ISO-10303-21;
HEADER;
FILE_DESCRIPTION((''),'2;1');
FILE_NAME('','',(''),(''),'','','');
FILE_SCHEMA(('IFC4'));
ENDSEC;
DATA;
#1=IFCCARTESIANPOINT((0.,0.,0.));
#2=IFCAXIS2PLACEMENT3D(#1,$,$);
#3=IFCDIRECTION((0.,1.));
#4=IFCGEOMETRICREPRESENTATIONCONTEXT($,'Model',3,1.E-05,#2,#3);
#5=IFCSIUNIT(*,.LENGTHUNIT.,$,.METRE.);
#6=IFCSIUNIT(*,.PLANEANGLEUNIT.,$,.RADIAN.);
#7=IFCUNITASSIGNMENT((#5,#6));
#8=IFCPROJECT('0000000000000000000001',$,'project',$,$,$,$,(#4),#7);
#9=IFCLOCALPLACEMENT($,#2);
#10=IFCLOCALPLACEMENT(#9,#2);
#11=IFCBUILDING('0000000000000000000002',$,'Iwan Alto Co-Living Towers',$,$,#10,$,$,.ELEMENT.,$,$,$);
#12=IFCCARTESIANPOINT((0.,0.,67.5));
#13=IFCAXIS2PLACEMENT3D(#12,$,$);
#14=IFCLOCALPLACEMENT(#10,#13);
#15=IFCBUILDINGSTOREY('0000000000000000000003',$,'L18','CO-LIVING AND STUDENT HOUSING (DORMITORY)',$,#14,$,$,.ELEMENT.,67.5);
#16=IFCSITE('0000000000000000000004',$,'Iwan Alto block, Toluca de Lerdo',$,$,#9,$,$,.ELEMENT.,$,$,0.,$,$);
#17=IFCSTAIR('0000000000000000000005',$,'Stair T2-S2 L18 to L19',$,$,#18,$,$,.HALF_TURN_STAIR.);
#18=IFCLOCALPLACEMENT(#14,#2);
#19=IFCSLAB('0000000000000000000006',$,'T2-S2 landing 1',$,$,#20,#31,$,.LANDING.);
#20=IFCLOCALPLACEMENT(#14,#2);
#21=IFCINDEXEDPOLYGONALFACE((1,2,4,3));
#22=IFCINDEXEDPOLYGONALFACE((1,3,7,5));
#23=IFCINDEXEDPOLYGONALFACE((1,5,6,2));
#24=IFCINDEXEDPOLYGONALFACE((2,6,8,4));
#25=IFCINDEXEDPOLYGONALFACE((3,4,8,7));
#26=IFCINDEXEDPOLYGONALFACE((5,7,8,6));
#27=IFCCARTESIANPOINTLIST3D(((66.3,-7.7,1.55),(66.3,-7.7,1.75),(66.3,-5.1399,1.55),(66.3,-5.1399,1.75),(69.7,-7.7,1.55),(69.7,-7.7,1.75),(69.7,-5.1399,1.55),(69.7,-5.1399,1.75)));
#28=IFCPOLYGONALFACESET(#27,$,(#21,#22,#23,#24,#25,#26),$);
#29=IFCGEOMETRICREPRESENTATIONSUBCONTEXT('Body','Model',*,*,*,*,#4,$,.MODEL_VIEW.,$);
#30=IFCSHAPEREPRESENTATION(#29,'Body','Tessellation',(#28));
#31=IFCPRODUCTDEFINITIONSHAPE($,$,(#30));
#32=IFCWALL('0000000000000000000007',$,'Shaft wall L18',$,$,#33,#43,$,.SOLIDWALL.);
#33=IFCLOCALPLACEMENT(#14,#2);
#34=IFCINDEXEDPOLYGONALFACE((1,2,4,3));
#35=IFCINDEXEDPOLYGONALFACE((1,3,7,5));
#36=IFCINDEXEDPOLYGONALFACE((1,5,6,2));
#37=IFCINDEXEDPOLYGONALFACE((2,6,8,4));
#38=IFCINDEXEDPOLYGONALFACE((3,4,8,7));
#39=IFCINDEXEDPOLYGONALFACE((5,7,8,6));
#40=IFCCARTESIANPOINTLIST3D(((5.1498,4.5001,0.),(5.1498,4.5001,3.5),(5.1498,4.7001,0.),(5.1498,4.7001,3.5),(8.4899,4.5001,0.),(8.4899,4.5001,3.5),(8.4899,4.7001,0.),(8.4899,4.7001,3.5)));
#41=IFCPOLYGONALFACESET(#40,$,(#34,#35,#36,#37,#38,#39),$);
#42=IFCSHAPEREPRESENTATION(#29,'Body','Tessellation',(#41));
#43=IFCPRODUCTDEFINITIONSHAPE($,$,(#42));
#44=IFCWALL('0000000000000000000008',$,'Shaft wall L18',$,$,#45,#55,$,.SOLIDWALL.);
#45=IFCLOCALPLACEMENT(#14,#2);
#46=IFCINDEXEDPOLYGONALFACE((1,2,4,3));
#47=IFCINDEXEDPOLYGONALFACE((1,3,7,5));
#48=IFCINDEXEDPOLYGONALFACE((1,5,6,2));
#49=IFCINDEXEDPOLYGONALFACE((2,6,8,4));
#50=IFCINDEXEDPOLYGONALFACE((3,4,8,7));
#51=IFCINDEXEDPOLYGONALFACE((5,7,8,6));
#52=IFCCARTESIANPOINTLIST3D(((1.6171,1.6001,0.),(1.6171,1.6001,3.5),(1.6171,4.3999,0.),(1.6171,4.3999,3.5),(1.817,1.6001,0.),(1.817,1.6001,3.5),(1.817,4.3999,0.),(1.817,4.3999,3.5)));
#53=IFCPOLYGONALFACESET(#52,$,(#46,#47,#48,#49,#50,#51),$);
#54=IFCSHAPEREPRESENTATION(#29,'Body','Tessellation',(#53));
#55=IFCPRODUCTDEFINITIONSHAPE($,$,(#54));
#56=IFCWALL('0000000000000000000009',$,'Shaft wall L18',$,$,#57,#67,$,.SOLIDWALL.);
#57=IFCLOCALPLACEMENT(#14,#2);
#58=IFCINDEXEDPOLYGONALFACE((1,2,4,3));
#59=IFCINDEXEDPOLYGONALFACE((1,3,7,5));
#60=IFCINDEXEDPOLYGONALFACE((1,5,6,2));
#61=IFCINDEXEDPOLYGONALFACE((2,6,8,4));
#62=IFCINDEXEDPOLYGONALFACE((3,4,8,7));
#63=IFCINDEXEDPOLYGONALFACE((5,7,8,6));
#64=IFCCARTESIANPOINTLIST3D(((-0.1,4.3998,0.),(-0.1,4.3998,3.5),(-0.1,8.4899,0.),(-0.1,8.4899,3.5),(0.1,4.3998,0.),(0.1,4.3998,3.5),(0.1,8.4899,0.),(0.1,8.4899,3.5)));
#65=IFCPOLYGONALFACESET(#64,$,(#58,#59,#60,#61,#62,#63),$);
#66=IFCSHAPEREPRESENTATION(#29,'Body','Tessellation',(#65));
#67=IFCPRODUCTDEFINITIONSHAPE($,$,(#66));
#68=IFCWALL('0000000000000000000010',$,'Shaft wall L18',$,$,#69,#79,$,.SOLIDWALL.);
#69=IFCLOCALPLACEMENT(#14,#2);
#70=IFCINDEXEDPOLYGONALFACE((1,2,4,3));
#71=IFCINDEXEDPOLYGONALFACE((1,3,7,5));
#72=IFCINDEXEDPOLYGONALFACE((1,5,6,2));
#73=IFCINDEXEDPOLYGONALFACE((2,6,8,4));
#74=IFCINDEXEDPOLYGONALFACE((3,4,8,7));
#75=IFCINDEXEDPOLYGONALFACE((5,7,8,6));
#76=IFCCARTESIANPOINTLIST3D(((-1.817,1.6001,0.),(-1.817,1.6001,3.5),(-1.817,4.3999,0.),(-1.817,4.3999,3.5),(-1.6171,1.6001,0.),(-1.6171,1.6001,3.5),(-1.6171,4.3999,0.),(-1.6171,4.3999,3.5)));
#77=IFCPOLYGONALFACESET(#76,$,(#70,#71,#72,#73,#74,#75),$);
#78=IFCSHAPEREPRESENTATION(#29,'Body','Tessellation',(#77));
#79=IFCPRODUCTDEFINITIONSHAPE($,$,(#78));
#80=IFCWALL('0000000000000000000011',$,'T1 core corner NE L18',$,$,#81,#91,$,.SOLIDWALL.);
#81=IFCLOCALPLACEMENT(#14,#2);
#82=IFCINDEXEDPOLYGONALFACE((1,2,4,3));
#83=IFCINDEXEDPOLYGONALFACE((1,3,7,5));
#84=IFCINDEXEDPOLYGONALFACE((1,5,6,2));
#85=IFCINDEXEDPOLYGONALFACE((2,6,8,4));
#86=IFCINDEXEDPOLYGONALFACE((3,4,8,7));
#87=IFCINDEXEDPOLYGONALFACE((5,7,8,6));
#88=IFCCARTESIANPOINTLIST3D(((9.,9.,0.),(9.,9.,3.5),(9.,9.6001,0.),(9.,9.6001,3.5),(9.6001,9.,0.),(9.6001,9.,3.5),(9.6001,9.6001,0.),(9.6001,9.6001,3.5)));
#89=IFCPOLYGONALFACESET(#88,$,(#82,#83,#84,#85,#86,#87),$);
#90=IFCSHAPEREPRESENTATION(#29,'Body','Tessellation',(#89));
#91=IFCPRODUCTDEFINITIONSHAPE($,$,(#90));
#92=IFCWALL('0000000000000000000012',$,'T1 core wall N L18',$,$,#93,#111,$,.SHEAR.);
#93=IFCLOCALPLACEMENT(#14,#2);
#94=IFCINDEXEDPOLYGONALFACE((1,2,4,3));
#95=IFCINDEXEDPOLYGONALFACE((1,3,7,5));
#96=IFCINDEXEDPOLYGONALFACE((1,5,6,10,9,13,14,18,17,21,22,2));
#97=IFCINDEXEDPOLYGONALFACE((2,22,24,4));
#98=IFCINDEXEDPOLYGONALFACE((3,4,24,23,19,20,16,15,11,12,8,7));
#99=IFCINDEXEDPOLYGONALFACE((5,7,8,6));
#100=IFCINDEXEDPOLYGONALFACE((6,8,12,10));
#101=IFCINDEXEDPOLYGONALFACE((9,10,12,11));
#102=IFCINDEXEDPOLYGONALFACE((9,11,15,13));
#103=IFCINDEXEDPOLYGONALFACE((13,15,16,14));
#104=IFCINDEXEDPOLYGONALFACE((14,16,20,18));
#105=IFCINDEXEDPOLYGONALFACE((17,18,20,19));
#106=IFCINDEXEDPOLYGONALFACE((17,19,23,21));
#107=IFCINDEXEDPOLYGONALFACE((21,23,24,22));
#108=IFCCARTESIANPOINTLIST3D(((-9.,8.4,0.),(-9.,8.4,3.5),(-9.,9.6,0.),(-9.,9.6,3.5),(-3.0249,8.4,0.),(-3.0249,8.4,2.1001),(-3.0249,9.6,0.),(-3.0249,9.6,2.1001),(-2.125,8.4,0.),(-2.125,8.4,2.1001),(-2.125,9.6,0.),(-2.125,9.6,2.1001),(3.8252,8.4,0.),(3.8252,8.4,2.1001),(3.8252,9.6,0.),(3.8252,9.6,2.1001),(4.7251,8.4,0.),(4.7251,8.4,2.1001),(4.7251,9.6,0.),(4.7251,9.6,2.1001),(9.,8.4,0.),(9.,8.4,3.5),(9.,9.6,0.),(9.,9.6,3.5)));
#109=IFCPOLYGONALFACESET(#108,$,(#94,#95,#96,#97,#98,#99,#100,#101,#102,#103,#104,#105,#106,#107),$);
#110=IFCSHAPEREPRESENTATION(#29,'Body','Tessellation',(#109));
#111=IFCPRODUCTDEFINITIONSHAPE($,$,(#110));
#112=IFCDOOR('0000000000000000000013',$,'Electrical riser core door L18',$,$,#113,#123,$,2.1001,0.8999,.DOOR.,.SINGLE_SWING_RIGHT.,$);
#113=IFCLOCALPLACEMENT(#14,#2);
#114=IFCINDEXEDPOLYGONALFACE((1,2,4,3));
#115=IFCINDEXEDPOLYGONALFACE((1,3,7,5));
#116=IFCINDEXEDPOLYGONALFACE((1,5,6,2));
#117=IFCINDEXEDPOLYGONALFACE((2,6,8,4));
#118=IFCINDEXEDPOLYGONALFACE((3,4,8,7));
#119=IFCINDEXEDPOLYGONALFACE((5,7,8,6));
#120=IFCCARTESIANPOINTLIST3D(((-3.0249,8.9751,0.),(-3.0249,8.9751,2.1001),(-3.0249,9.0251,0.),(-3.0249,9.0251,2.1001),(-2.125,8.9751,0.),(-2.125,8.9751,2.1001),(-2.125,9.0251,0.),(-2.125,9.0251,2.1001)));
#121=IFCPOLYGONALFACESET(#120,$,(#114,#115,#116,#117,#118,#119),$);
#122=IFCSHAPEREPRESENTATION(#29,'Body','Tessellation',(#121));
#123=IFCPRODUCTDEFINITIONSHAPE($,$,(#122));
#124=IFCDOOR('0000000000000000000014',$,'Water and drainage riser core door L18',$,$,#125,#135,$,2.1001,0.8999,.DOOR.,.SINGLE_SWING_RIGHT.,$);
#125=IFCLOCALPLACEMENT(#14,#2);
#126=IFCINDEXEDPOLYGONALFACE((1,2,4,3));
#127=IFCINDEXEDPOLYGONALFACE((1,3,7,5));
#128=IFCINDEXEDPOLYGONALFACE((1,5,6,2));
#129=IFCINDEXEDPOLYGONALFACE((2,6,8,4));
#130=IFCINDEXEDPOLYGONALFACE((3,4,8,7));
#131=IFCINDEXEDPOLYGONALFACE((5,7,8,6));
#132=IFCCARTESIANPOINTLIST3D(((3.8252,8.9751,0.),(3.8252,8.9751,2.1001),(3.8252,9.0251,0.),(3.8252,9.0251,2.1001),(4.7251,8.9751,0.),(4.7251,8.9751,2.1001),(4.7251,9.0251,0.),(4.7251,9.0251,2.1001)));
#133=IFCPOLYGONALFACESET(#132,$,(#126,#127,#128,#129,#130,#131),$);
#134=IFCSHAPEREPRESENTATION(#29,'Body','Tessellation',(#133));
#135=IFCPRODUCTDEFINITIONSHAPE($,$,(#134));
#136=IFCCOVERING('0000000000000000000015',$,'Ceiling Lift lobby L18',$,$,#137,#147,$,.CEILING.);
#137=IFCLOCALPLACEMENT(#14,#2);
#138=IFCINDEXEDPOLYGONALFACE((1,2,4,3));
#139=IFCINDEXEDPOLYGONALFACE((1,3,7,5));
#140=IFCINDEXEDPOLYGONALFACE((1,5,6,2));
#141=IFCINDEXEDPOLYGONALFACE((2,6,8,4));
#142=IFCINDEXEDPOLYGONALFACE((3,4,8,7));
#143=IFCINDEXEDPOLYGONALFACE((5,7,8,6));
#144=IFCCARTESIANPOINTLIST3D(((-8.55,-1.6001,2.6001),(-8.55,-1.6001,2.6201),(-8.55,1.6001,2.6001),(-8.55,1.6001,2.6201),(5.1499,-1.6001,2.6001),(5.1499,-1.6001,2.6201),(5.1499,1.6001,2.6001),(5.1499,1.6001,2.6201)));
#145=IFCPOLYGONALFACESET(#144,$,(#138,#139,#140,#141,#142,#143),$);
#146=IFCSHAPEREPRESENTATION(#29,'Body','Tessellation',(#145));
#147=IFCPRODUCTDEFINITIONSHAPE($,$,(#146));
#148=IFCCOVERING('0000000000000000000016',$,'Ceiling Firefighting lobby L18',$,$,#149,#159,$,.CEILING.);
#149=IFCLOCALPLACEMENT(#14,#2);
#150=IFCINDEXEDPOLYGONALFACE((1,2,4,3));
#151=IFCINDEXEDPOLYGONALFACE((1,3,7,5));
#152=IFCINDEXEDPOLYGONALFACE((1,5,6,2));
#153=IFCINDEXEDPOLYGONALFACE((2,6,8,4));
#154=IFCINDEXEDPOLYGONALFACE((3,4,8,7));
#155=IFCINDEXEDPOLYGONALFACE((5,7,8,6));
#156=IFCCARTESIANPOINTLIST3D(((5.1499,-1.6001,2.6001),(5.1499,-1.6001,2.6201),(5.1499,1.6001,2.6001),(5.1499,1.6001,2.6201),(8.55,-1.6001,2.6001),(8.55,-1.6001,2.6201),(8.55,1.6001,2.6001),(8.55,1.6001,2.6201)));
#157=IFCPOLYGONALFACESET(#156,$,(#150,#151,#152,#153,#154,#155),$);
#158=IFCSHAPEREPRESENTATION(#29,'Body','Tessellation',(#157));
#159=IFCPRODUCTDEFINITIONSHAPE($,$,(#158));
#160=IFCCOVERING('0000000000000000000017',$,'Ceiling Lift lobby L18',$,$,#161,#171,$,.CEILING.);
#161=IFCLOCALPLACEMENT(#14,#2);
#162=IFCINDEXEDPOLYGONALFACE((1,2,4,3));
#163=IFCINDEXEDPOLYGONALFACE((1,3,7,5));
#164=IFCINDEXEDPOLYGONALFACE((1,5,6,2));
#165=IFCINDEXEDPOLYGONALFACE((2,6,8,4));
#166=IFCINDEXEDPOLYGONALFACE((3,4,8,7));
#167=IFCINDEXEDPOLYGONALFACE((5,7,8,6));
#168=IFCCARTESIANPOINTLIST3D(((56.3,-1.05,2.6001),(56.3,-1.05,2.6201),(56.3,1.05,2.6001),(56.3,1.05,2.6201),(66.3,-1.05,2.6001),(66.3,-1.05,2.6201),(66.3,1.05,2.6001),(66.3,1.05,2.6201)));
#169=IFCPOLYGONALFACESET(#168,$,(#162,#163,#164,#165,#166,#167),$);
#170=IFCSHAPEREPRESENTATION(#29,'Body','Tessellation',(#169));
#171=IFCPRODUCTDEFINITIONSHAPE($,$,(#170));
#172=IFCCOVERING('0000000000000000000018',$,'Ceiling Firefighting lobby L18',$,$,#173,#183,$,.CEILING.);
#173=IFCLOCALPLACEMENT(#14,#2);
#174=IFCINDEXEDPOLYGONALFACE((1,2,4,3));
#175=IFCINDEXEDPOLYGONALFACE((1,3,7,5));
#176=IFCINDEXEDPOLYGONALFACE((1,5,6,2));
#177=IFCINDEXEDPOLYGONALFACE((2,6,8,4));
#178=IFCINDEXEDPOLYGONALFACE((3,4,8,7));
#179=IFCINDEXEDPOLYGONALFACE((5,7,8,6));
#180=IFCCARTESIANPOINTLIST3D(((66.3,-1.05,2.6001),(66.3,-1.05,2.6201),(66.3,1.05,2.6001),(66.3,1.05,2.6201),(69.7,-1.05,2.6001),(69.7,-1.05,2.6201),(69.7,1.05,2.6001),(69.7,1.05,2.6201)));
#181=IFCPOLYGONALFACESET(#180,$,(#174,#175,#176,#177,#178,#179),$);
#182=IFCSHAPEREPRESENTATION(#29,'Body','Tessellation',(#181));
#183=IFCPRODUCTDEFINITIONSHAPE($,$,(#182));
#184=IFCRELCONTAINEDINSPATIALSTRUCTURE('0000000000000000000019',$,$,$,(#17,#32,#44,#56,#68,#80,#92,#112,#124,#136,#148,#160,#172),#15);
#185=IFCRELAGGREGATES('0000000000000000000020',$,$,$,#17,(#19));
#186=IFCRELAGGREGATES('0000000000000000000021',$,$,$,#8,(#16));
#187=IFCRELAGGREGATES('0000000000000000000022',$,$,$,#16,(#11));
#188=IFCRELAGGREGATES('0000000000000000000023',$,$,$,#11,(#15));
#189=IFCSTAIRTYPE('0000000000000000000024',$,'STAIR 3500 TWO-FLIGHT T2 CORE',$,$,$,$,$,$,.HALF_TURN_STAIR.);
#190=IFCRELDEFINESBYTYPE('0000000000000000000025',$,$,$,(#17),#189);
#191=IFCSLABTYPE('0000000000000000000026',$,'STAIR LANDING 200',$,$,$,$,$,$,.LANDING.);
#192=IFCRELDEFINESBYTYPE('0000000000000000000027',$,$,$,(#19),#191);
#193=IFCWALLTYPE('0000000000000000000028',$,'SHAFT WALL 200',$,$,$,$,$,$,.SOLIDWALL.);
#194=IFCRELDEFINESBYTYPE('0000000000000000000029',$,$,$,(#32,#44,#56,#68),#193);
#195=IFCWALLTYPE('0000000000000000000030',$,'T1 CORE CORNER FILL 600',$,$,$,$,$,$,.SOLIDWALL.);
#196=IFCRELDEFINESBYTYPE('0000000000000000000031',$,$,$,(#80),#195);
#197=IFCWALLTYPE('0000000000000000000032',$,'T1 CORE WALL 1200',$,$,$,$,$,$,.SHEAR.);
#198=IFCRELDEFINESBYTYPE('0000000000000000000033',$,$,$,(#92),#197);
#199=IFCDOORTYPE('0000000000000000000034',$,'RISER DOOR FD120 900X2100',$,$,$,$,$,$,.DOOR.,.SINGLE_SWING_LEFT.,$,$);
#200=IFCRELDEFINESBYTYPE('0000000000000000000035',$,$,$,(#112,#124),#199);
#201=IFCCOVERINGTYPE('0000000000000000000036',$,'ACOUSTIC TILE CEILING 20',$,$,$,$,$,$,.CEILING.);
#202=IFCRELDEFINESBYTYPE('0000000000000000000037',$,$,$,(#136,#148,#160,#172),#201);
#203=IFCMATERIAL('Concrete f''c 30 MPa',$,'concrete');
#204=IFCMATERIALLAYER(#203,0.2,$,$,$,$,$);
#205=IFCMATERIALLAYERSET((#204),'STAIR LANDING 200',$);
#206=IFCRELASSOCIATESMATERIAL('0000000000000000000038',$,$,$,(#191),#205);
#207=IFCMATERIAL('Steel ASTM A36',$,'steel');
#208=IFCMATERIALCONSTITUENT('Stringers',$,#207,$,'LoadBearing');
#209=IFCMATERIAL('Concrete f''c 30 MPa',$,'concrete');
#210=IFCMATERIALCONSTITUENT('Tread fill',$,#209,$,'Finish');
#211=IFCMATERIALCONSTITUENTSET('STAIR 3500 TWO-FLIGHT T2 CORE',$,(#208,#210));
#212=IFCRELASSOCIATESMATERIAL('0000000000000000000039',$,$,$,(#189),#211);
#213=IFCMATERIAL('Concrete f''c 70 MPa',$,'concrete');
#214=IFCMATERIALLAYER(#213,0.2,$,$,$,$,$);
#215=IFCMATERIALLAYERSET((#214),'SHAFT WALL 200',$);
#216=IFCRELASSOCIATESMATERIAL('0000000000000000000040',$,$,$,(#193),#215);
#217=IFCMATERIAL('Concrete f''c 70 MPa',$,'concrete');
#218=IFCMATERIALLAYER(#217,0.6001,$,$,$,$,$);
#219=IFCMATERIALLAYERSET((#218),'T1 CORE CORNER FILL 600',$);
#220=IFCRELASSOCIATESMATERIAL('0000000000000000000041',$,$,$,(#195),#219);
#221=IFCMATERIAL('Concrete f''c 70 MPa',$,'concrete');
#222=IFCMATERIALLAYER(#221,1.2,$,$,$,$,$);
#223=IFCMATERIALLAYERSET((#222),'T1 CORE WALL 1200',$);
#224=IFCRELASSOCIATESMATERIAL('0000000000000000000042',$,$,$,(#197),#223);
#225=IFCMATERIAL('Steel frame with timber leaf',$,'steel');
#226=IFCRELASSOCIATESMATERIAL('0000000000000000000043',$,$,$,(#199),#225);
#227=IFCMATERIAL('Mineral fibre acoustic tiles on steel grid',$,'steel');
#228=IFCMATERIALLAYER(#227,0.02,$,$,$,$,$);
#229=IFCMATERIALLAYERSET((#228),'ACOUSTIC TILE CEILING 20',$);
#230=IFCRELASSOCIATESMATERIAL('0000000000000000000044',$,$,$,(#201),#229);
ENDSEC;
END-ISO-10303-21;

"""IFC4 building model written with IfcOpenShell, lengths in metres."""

from ifc_helpers import new_model, si_unit, direction, frame, frame_2d, origin, place, context, subcontext, project, spatial, polyline, rectangle, outline, extrude, material, layer, layer_set, constituent, constituent_set, type_object, element, fill, aggregate, save


model = new_model("IFC4")

# Units and contexts
model_context = context("Model", 3, precision=1e-05, world=origin(), true_north=direction((0.0, 1.0)))
body_context = subcontext(model_context, "Body", "Model", "MODEL_VIEW")
ifc_project = project(units=[si_unit("LENGTHUNIT", "METRE"), si_unit("PLANEANGLEUNIT", "RADIAN")], contexts=[model_context])

# Site, building, storey
site_placement = place(None, origin())
site = spatial("IfcSite", under=ifc_project, at=site_placement, Name="Iwan Alto block, Toluca de Lerdo", CompositionType="ELEMENT", RefElevation=0.0)
building_placement = place(site_placement, origin())
building = spatial("IfcBuilding", under=site, at=building_placement, Name="Iwan Alto Co-Living Towers", CompositionType="ELEMENT")
storey_placement = place(building_placement, frame((0.0, 0.0, 67.5)))
storey = spatial("IfcBuildingStorey", under=building, at=storey_placement, Name="L18", Description="CO-LIVING AND STUDENT HOUSING (DORMITORY)", CompositionType="ELEMENT", Elevation=67.5)

# Stair, slab
ifc_material_1 = material(Name="Steel ASTM A36", Category="steel")
ifc_material_2 = material(Name="Concrete f'c 30 MPa", Category="concrete")
ifc_material_3 = material(Name="Concrete f'c 30 MPa", Category="concrete")
ifc_layer_1 = layer(ifc_material_3, 0.2)
ifc_layer_set_1 = layer_set([ifc_layer_1], Name="STAIR LANDING 200")
slab_type_1 = type_object("IfcSlabType", Name="STAIR LANDING 200", PredefinedType="LANDING", material=ifc_layer_set_1)
ifc_constituent_1 = constituent(ifc_material_1, Name="Stringers", Category="LoadBearing")
ifc_constituent_2 = constituent(ifc_material_2, Name="Tread fill", Category="Finish")
ifc_constituent_set_1 = constituent_set(constituents=[ifc_constituent_1, ifc_constituent_2], Name="STAIR 3500 TWO-FLIGHT T2 CORE")
stair_type_1 = type_object("IfcStairType", Name="STAIR 3500 TWO-FLIGHT T2 CORE", PredefinedType="HALF_TURN_STAIR", material=ifc_constituent_set_1)
stair_1_placement = place(storey_placement, origin())
stair_1 = element("IfcStair", 1, at=stair_1_placement, inside=storey, type_object=stair_type_1, Name="Stair T2-S2 L18 to L19", PredefinedType="HALF_TURN_STAIR")
slab_1_placement = place(storey_placement, frame((0.0, 0.0, 1.55)))
slab_1 = element("IfcSlab", 2, at=slab_1_placement, type_object=slab_type_1, Name="T2-S2 landing 1", PredefinedType="LANDING", context=body_context, shape_type="SweptSolid", body=[
    extrude(outline(polyline([(66.3, -5.1399), (66.3, -7.7), (69.7, -7.7), (69.7, -5.1399), (66.3, -5.1399)])), origin(), (0.0, 0.0, 1.0), 0.2),
])
aggregate(stair_1, [slab_1])

# Walls
ifc_material_4 = material(Name="Concrete f'c 70 MPa", Category="concrete")
ifc_layer_2 = layer(ifc_material_4, 0.2)
ifc_layer_set_2 = layer_set([ifc_layer_2], Name="SHAFT WALL 200")
wall_type_1 = type_object("IfcWallType", Name="SHAFT WALL 200", PredefinedType="SOLIDWALL", material=ifc_layer_set_2)
wall_1_placement = place(storey_placement, frame((5.1499, 4.6001, 0.0), z_axis=(0.0, 0.0, 1.0), x_axis=(1.0, 0.0, 0.0)))
element("IfcWall", 3, at=wall_1_placement, inside=storey, type_object=wall_type_1, Name="Shaft wall L18", PredefinedType="SOLIDWALL", context=body_context, shape_type="SweptSolid", body=[
    extrude(rectangle(XDim=3.3401, YDim=0.2, at=frame_2d((1.6699, 0.0))), origin(), (0.0, 0.0, 1.0), 3.5),
])
wall_2_placement = place(storey_placement, frame((1.717, 1.6001, 0.0), z_axis=(0.0, 0.0, 1.0), x_axis=(0.0, 1.0, 0.0)))
element("IfcWall", 4, at=wall_2_placement, inside=storey, type_object=wall_type_1, Name="Shaft wall L18", PredefinedType="SOLIDWALL", context=body_context, shape_type="SweptSolid", body=[
    extrude(rectangle(XDim=2.7998, YDim=0.2, at=frame_2d((1.3999, 0.0))), origin(), (0.0, 0.0, 1.0), 3.5),
])
wall_3_placement = place(storey_placement, frame((0.0, 4.3999, 0.0), z_axis=(0.0, 0.0, 1.0), x_axis=(0.0, 1.0, 0.0)))
element("IfcWall", 5, at=wall_3_placement, inside=storey, type_object=wall_type_1, Name="Shaft wall L18", PredefinedType="SOLIDWALL", context=body_context, shape_type="SweptSolid", body=[
    extrude(rectangle(XDim=4.0901, YDim=0.2, at=frame_2d((2.0449, 0.0))), origin(), (0.0, 0.0, 1.0), 3.5),
])
wall_4_placement = place(storey_placement, frame((-1.717, 1.6001, 0.0), z_axis=(0.0, 0.0, 1.0), x_axis=(0.0, 1.0, 0.0)))
element("IfcWall", 6, at=wall_4_placement, inside=storey, type_object=wall_type_1, Name="Shaft wall L18", PredefinedType="SOLIDWALL", context=body_context, shape_type="SweptSolid", body=[
    extrude(rectangle(XDim=2.7998, YDim=0.2, at=frame_2d((1.3999, 0.0))), origin(), (0.0, 0.0, 1.0), 3.5),
])
ifc_material_5 = material(Name="Concrete f'c 70 MPa", Category="concrete")
ifc_layer_3 = layer(ifc_material_5, 0.6001)
ifc_layer_set_3 = layer_set([ifc_layer_3], Name="T1 CORE CORNER FILL 600")
wall_type_2 = type_object("IfcWallType", Name="T1 CORE CORNER FILL 600", PredefinedType="SOLIDWALL", material=ifc_layer_set_3)
wall_5_placement = place(storey_placement, frame((9.0, 9.3, 0.0), z_axis=(0.0, 0.0, 1.0), x_axis=(1.0, 0.0, 0.0)))
element("IfcWall", 7, at=wall_5_placement, inside=storey, type_object=wall_type_2, Name="T1 core corner NE L18", PredefinedType="SOLIDWALL", context=body_context, shape_type="SweptSolid", body=[
    extrude(rectangle(XDim=0.6001, YDim=0.6001, at=frame_2d((0.3, 0.0))), origin(), (0.0, 0.0, 1.0), 3.5),
])

# Wall, openings, doors
ifc_material_6 = material(Name="Concrete f'c 70 MPa", Category="concrete")
ifc_layer_4 = layer(ifc_material_6, 1.2)
ifc_layer_set_4 = layer_set([ifc_layer_4], Name="T1 CORE WALL 1200")
wall_type_3 = type_object("IfcWallType", Name="T1 CORE WALL 1200", PredefinedType="SHEAR", material=ifc_layer_set_4)
wall_6_placement = place(storey_placement, frame((9.0, 9.0, 0.0), z_axis=(0.0, 0.0, 1.0), x_axis=(-1.0, 0.0, 0.0)))
wall_6 = element("IfcWall", 8, at=wall_6_placement, inside=storey, type_object=wall_type_3, Name="T1 core wall N L18", PredefinedType="SHEAR", context=body_context, shape_type="SweptSolid", body=[
    extrude(rectangle(XDim=18.0, YDim=1.2, at=frame_2d((9.0, 0.0))), origin(), (0.0, 0.0, 1.0), 3.5),
])
opening_1_placement = place(wall_6_placement, frame((11.125, 0.0, 0.0)))
opening_1 = element("IfcOpeningElement", 9, at=opening_1_placement, cuts=wall_6, PredefinedType="OPENING", context=body_context, shape_type="SweptSolid", body=[
    extrude(rectangle(XDim=0.8999, YDim=2.1001, at=frame_2d((0.45, 1.05))), frame((0.0, 0.6099, 0.0), z_axis=(0.0, -1.0, 0.0), x_axis=(1.0, 0.0, 0.0)), (0.0, 0.0, 1.0), 1.22),
])
opening_2_placement = place(wall_6_placement, frame((4.2749, 0.0, 0.0)))
opening_2 = element("IfcOpeningElement", 10, at=opening_2_placement, cuts=wall_6, PredefinedType="OPENING", context=body_context, shape_type="SweptSolid", body=[
    extrude(rectangle(XDim=0.8999, YDim=2.1001, at=frame_2d((0.45, 1.05))), frame((0.0, 0.6099, 0.0), z_axis=(0.0, -1.0, 0.0), x_axis=(1.0, 0.0, 0.0)), (0.0, 0.0, 1.0), 1.22),
])
ifc_material_7 = material(Name="Steel frame with timber leaf", Category="steel")
door_type = type_object("IfcDoorType", Name="RISER DOOR FD120 900X2100", OperationType="SINGLE_SWING_LEFT", PredefinedType="DOOR", material=ifc_material_7)
door_1_placement = place(opening_1_placement, origin())
door_1 = element("IfcDoor", 11, at=door_1_placement, inside=storey, type_object=door_type, Name="Electrical riser core door L18", OperationType="SINGLE_SWING_RIGHT", OverallHeight=2.1001, OverallWidth=0.8999, PredefinedType="DOOR", context=body_context, shape_type="SweptSolid", body=[
    extrude(rectangle(XDim=0.8999, YDim=2.1001, at=frame_2d((0.45, 1.05))), frame((0.0, 0.0249, 0.0), z_axis=(0.0, -1.0, 0.0), x_axis=(1.0, 0.0, 0.0)), (0.0, 0.0, 1.0), 0.05),
])
fill(opening_1, door_1)
door_2_placement = place(opening_2_placement, origin())
door_2 = element("IfcDoor", 12, at=door_2_placement, inside=storey, type_object=door_type, Name="Water and drainage riser core door L18", OperationType="SINGLE_SWING_RIGHT", OverallHeight=2.1001, OverallWidth=0.8999, PredefinedType="DOOR", context=body_context, shape_type="SweptSolid", body=[
    extrude(rectangle(XDim=0.8999, YDim=2.1001, at=frame_2d((0.45, 1.05))), frame((0.0, 0.0249, 0.0), z_axis=(0.0, -1.0, 0.0), x_axis=(1.0, 0.0, 0.0)), (0.0, 0.0, 1.0), 0.05),
])
fill(opening_2, door_2)

# Coverings
ifc_material_8 = material(Name="Mineral fibre acoustic tiles on steel grid", Category="steel")
ifc_layer_5 = layer(ifc_material_8, 0.02)
ifc_layer_set_5 = layer_set([ifc_layer_5], Name="ACOUSTIC TILE CEILING 20")
covering_type_1 = type_object("IfcCoveringType", Name="ACOUSTIC TILE CEILING 20", PredefinedType="CEILING", material=ifc_layer_set_5)
covering_1_placement = place(storey_placement, frame((0.0, 0.0, 2.6001)))
element("IfcCovering", 13, at=covering_1_placement, inside=storey, type_object=covering_type_1, Name="Ceiling Lift lobby L18", PredefinedType="CEILING", context=body_context, shape_type="SweptSolid", body=[
    extrude(outline(polyline([(-8.55, -1.6001), (-8.55, 1.6001), (5.1499, 1.6001), (5.1499, -1.6001), (-8.55, -1.6001)])), origin(), (0.0, 0.0, 1.0), 0.02),
])
covering_2_placement = place(storey_placement, frame((0.0, 0.0, 2.6001)))
element("IfcCovering", 14, at=covering_2_placement, inside=storey, type_object=covering_type_1, Name="Ceiling Firefighting lobby L18", PredefinedType="CEILING", context=body_context, shape_type="SweptSolid", body=[
    extrude(outline(polyline([(5.1499, -1.6001), (5.1499, 1.6001), (8.55, 1.6001), (8.55, -1.6001), (5.1499, -1.6001)])), origin(), (0.0, 0.0, 1.0), 0.02),
])
covering_3_placement = place(storey_placement, frame((0.0, 0.0, 2.6001)))
element("IfcCovering", 15, at=covering_3_placement, inside=storey, type_object=covering_type_1, Name="Ceiling Lift lobby L18", PredefinedType="CEILING", context=body_context, shape_type="SweptSolid", body=[
    extrude(outline(polyline([(56.3, -1.05), (56.3, 1.05), (66.3, 1.05), (66.3, -1.05), (56.3, -1.05)])), origin(), (0.0, 0.0, 1.0), 0.02),
])
covering_4_placement = place(storey_placement, frame((0.0, 0.0, 2.6001)))
element("IfcCovering", 16, at=covering_4_placement, inside=storey, type_object=covering_type_1, Name="Ceiling Firefighting lobby L18", PredefinedType="CEILING", context=body_context, shape_type="SweptSolid", body=[
    extrude(outline(polyline([(66.3, -1.05), (66.3, 1.05), (69.7, 1.05), (69.7, -1.05), (66.3, -1.05)])), origin(), (0.0, 0.0, 1.0), 0.02),
])

save(model, "model.ifc")
